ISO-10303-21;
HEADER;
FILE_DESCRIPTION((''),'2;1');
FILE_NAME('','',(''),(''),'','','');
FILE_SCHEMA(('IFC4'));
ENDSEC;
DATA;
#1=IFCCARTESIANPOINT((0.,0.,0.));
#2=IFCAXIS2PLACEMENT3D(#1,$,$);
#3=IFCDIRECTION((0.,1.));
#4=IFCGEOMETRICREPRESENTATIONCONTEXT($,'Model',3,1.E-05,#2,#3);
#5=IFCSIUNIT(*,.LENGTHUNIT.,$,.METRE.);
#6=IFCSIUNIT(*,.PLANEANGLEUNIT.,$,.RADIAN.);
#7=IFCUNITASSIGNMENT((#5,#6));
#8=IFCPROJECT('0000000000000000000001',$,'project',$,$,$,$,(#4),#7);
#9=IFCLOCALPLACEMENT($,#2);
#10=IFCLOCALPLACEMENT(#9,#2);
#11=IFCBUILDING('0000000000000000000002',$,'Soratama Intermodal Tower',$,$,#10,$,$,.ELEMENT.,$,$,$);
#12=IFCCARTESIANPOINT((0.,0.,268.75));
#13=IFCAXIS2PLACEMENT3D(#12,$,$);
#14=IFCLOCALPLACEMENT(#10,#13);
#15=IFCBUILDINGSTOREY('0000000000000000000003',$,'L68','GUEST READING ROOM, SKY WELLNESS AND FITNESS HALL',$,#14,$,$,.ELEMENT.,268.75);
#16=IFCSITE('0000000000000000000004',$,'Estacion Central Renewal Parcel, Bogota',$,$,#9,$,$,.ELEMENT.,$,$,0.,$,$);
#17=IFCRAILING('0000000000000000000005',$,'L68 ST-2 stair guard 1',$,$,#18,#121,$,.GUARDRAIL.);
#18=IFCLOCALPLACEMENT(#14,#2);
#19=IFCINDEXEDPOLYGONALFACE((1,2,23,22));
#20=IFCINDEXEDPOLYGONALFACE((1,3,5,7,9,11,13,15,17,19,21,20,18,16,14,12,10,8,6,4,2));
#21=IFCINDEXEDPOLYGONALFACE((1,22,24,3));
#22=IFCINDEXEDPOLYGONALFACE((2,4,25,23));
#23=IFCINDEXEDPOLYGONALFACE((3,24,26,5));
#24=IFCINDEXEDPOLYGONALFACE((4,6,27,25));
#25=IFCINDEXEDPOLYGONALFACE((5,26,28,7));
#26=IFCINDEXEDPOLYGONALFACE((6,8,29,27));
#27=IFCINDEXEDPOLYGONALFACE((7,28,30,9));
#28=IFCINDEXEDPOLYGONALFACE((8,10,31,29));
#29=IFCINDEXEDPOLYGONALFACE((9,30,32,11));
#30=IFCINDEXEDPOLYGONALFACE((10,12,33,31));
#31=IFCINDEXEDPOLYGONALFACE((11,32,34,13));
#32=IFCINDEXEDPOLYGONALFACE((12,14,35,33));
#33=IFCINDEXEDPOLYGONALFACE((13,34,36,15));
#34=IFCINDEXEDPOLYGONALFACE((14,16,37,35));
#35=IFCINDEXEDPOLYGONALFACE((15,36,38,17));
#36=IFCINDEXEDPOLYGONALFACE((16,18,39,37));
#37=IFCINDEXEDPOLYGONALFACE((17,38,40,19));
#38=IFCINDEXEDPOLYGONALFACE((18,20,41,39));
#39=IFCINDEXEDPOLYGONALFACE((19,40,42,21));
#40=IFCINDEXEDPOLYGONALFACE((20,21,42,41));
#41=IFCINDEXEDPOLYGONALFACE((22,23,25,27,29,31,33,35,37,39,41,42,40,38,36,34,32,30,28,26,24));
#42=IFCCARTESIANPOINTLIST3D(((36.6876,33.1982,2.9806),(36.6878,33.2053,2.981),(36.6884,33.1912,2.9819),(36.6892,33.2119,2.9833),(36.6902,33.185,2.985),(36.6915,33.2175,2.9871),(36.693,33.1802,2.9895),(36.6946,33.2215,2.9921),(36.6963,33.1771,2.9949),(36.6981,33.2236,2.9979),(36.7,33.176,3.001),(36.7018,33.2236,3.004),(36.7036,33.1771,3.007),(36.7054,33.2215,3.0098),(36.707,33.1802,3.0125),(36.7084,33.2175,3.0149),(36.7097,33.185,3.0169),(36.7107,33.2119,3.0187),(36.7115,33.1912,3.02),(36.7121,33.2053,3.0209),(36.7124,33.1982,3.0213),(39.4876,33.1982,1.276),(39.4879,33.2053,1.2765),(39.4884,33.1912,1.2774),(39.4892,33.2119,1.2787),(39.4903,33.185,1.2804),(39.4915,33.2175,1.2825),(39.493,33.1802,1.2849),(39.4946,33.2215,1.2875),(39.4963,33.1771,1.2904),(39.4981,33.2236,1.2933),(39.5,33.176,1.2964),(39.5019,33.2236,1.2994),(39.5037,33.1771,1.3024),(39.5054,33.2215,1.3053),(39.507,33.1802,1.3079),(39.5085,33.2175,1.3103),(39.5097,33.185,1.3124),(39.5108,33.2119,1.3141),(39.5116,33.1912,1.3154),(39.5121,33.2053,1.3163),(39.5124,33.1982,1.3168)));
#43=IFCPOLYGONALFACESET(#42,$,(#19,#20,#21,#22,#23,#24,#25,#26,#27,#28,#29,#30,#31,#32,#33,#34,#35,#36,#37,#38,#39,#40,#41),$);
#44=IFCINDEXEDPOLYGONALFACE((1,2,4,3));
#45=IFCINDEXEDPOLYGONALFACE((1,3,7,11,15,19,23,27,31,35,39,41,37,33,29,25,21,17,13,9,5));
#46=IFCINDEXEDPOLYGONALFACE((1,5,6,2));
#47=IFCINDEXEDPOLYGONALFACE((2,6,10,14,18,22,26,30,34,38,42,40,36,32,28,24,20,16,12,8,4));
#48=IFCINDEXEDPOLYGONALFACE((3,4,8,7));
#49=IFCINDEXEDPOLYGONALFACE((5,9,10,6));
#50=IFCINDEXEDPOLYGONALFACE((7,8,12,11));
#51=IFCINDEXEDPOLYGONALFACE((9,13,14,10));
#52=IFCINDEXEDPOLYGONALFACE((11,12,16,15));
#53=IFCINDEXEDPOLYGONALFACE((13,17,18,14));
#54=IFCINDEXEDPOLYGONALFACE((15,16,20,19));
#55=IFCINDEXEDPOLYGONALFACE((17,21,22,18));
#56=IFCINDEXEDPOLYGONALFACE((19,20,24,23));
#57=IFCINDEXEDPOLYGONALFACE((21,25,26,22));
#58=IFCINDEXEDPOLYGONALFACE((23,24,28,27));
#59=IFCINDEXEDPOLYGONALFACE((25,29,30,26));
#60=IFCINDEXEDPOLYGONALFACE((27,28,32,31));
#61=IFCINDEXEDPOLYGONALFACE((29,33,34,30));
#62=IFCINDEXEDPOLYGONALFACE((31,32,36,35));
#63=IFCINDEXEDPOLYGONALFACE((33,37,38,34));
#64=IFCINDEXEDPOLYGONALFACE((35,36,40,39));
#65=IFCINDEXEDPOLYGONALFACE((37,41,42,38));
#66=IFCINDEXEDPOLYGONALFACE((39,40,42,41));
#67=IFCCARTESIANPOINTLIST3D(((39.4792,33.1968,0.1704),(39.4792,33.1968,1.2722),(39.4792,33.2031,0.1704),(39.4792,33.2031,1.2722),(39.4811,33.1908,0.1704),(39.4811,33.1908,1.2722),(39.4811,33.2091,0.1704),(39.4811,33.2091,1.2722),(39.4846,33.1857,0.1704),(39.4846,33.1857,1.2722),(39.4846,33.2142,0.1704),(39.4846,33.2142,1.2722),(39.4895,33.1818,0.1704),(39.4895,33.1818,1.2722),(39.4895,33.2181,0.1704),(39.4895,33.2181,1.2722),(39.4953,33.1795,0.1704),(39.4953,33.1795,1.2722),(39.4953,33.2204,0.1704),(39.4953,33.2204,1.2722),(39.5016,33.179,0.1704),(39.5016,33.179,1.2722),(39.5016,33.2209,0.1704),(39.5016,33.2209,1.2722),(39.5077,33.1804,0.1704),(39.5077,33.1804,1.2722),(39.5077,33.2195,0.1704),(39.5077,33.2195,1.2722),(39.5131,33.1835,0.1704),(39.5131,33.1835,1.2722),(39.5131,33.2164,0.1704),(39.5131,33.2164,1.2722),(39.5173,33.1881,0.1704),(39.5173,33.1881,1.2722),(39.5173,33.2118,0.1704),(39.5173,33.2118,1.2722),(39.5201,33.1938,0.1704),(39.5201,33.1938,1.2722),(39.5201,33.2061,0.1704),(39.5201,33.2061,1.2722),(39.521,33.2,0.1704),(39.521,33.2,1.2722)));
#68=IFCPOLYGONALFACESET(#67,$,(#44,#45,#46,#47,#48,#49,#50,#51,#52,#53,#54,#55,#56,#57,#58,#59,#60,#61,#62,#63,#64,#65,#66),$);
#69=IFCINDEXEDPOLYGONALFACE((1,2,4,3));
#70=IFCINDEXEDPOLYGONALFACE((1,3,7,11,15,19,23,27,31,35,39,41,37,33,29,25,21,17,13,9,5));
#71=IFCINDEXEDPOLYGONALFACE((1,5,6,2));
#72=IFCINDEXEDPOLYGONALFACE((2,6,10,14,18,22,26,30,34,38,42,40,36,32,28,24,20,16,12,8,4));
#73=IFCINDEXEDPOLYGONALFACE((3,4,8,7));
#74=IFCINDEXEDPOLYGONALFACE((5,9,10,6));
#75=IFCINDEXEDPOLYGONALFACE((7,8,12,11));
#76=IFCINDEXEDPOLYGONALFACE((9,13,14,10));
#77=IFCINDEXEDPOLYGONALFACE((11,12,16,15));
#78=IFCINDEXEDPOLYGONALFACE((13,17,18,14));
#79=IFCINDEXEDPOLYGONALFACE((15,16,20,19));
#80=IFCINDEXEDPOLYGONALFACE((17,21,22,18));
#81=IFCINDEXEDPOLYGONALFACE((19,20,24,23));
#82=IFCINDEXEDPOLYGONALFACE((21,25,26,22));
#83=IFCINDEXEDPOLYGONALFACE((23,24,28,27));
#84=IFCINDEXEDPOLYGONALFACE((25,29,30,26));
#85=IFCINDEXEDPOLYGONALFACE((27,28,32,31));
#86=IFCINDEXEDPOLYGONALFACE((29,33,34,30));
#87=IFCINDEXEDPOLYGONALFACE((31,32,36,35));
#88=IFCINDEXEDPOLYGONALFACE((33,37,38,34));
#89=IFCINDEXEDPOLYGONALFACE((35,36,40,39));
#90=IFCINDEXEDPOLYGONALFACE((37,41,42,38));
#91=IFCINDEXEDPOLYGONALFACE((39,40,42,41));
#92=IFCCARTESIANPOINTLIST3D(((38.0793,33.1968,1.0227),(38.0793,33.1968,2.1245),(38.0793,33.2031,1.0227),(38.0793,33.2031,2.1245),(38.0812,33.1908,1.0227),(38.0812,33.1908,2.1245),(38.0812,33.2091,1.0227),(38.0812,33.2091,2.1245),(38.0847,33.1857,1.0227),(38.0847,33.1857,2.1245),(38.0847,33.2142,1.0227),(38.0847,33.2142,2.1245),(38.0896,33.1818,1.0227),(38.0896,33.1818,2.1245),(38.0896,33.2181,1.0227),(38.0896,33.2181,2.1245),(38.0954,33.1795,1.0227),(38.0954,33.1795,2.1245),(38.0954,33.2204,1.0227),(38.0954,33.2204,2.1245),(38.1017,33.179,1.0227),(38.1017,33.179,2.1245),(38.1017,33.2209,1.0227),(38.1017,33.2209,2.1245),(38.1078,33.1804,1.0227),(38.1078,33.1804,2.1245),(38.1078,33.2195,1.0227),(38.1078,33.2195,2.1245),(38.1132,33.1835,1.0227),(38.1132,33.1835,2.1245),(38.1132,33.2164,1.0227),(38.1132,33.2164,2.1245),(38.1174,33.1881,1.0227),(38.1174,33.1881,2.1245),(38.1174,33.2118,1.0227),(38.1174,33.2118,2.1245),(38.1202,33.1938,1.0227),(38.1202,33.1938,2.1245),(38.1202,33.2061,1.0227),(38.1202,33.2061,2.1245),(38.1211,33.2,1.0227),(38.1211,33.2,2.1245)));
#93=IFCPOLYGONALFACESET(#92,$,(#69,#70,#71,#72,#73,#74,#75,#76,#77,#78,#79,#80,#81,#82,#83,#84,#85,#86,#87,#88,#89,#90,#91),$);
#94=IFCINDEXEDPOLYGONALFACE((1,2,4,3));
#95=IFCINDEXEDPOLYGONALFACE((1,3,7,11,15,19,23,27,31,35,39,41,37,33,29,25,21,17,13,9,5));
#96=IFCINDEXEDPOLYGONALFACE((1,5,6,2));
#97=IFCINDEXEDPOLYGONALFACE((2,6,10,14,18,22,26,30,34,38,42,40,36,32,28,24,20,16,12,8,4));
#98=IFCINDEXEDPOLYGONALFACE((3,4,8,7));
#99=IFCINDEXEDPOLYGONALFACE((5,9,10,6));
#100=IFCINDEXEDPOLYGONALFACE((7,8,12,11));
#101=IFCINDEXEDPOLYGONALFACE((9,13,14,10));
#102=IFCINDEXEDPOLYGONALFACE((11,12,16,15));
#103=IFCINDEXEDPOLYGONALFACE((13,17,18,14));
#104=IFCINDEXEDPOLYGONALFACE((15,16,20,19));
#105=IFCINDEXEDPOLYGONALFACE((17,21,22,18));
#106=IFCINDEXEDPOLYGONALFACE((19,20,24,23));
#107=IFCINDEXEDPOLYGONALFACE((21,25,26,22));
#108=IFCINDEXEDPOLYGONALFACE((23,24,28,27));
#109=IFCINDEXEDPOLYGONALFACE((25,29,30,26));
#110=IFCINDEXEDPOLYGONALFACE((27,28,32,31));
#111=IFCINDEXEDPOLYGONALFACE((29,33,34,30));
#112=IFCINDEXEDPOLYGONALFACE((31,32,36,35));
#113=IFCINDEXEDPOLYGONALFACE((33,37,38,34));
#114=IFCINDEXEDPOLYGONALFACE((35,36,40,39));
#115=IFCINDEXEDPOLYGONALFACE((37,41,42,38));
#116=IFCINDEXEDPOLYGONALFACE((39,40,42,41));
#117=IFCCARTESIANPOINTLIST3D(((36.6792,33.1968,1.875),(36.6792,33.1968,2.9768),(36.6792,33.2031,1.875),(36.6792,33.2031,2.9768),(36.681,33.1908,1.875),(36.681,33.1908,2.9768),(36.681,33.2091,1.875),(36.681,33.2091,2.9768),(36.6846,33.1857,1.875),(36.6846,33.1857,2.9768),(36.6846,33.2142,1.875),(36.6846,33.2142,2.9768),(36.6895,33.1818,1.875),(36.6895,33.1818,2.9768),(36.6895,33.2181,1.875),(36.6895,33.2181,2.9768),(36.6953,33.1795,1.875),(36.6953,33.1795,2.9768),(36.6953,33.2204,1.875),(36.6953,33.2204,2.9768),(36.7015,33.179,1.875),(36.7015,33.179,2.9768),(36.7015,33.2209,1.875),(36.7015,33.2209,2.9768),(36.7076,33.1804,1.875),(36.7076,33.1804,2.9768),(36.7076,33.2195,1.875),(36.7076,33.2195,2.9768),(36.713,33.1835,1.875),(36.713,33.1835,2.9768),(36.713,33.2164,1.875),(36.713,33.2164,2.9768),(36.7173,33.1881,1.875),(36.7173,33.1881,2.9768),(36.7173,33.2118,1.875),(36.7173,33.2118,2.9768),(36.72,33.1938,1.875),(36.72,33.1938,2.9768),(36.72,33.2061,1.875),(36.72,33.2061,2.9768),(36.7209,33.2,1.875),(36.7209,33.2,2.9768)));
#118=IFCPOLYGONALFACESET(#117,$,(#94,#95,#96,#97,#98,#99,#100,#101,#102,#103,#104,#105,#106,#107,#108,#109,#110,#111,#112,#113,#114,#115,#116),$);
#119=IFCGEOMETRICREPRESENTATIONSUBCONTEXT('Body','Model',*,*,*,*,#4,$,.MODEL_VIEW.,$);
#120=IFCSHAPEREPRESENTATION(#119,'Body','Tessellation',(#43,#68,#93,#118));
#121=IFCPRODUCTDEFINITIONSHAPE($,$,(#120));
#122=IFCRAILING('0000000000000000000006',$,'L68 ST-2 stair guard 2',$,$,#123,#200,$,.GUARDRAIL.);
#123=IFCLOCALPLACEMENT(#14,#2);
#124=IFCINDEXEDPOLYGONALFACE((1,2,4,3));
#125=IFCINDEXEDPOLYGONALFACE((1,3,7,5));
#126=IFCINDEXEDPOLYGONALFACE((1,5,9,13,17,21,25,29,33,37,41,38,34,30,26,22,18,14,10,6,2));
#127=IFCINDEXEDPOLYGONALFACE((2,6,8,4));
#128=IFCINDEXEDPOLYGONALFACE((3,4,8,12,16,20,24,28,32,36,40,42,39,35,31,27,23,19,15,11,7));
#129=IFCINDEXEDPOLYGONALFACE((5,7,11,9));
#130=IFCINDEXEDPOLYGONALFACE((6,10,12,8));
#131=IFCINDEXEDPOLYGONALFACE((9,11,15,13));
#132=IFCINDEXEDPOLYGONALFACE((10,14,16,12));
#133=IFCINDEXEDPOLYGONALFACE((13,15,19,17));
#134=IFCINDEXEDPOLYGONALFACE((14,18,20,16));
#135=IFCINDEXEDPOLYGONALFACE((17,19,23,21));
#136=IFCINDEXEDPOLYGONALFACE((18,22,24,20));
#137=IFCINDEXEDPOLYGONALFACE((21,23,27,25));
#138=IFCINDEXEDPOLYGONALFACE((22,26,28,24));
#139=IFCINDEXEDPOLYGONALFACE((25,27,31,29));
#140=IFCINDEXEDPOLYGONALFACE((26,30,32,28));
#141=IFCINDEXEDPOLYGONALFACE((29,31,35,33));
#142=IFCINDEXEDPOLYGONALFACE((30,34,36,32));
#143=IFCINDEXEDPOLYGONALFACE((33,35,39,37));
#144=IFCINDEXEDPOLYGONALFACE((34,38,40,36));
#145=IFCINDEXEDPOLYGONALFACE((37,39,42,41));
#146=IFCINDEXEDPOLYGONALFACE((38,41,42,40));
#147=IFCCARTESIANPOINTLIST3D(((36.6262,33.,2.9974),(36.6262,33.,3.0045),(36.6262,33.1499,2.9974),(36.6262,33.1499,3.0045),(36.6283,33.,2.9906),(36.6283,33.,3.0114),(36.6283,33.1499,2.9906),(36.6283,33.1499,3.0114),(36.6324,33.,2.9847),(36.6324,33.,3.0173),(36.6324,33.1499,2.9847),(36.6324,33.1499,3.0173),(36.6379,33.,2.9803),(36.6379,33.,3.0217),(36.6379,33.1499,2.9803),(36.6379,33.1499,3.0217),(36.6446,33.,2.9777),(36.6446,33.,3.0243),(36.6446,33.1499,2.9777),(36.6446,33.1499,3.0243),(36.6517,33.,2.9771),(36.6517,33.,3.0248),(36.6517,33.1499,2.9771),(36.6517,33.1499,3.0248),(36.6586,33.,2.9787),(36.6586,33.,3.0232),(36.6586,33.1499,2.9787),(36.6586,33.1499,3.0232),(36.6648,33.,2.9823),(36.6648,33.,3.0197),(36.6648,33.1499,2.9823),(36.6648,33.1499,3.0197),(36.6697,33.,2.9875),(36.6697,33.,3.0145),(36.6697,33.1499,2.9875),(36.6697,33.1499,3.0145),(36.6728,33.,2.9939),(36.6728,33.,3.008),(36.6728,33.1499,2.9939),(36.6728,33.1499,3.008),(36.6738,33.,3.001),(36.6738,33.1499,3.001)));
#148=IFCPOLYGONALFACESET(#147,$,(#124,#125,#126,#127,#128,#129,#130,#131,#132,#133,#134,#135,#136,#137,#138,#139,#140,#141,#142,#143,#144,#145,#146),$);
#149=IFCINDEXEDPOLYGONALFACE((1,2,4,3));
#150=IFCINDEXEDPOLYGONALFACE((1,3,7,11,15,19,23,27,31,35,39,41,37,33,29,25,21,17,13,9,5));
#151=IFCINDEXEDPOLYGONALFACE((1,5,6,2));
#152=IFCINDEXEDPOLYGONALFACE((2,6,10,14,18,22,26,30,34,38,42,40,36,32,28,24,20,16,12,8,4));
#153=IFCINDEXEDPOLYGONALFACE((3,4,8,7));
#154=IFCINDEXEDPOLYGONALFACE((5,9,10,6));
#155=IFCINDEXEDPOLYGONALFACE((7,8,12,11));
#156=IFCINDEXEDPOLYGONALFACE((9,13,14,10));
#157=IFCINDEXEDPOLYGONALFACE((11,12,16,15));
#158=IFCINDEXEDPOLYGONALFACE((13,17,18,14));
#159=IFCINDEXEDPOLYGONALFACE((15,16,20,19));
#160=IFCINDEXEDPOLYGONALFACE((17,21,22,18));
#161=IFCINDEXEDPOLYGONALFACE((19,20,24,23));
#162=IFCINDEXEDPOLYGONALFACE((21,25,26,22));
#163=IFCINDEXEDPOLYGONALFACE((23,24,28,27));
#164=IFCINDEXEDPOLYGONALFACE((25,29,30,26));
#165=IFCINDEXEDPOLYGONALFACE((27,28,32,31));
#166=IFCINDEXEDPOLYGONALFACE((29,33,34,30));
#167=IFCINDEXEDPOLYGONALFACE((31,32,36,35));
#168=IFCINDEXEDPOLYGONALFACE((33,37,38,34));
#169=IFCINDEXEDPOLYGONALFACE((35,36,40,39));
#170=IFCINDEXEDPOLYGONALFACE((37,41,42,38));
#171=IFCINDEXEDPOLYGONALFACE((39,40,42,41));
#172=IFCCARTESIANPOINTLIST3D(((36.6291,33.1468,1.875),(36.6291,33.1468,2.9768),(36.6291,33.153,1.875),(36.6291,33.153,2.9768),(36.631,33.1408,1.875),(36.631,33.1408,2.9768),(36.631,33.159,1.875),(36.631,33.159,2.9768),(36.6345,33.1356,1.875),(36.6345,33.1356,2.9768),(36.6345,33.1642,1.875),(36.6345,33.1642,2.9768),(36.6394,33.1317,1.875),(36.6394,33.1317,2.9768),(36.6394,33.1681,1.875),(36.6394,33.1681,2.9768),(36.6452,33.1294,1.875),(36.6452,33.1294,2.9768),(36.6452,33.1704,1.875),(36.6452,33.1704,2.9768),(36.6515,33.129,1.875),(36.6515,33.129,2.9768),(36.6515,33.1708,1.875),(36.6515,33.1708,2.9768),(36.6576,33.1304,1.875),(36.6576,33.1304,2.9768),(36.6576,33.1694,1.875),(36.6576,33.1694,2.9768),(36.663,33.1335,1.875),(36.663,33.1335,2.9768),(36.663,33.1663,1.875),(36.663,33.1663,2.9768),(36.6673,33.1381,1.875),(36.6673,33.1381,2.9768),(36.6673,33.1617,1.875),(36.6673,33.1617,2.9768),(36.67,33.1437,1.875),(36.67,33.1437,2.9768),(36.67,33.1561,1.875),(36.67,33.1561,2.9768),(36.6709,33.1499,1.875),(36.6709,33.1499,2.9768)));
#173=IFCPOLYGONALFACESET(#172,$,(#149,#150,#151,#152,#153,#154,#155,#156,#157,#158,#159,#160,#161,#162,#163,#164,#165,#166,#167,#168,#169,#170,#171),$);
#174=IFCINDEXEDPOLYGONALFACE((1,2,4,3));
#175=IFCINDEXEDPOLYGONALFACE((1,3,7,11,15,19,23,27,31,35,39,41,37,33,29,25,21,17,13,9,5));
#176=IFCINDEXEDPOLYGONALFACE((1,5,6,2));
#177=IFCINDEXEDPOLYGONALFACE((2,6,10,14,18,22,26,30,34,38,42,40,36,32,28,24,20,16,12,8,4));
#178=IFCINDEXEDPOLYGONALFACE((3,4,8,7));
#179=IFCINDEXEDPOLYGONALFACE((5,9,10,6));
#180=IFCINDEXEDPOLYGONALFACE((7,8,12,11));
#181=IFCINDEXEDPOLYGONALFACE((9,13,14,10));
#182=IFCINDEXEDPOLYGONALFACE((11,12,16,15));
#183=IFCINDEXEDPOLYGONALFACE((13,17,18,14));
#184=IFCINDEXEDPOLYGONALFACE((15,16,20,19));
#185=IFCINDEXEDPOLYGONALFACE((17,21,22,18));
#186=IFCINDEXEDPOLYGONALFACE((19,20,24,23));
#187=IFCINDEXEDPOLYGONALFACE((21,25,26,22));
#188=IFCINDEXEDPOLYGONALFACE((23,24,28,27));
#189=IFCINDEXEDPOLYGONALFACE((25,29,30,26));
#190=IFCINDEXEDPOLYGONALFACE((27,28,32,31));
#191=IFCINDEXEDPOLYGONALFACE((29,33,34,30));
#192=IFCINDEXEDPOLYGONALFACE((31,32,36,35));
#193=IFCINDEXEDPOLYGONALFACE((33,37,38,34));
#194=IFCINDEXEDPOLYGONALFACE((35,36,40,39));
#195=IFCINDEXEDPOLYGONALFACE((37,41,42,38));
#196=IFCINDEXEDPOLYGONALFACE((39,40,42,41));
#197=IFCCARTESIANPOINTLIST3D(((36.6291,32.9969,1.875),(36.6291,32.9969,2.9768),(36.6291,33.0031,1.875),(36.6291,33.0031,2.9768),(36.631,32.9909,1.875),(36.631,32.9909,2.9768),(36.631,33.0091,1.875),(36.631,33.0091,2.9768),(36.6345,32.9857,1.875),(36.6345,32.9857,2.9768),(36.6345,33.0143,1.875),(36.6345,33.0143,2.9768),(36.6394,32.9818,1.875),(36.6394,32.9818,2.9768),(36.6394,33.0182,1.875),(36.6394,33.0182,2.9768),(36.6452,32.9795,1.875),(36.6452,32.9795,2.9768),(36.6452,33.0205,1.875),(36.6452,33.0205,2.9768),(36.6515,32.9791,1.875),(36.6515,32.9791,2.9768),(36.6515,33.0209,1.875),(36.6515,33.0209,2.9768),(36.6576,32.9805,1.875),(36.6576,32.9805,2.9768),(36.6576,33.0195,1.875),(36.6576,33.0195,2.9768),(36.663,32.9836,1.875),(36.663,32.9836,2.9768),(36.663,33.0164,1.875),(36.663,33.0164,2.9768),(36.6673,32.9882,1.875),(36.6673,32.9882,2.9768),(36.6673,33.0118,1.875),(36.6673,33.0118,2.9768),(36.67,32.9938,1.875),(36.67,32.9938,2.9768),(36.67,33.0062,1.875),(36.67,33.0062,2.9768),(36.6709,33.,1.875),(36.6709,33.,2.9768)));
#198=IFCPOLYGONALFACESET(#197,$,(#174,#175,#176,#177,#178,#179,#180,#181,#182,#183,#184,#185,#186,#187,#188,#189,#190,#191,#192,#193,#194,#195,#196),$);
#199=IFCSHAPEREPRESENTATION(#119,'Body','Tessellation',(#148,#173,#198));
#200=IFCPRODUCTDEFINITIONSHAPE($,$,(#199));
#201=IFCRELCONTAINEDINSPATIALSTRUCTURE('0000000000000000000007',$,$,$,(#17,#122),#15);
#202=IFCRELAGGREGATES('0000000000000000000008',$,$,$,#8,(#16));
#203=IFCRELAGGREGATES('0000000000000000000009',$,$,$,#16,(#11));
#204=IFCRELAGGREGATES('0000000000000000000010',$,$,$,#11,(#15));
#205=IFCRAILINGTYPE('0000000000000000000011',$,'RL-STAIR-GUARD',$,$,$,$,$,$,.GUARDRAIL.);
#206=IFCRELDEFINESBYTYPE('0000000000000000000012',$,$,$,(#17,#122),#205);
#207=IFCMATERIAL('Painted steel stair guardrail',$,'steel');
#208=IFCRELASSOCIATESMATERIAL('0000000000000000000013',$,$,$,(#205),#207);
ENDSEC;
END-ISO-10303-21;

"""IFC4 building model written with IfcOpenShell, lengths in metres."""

from ifc_helpers import new_model, si_unit, direction, frame, origin, origin_2d, place, context, subcontext, project, spatial, circle, extrude, material, type_object, element, save


model = new_model("IFC4")

# Units and contexts
model_context = context("Model", 3, precision=1e-05, world=origin(), true_north=direction((0.0, 1.0)))
body_context = subcontext(model_context, "Body", "Model", "MODEL_VIEW")
ifc_project = project(units=[si_unit("LENGTHUNIT", "METRE"), si_unit("PLANEANGLEUNIT", "RADIAN")], contexts=[model_context])

# Site, building, storey
site_placement = place(None, origin())
site = spatial("IfcSite", under=ifc_project, at=site_placement, Name="Estacion Central Renewal Parcel, Bogota", CompositionType="ELEMENT", RefElevation=0.0)
building_placement = place(site_placement, origin())
building = spatial("IfcBuilding", under=site, at=building_placement, Name="Soratama Intermodal Tower", CompositionType="ELEMENT")
storey_placement = place(building_placement, frame((0.0, 0.0, 268.75)))
storey = spatial("IfcBuildingStorey", under=building, at=storey_placement, Name="L68", Description="GUEST READING ROOM, SKY WELLNESS AND FITNESS HALL", CompositionType="ELEMENT", Elevation=268.75)

# Railings
ifc_material_1 = material(Name="Painted steel stair guardrail", Category="steel")
railing_type_1 = type_object("IfcRailingType", Name="RL-STAIR-GUARD", PredefinedType="GUARDRAIL", material=ifc_material_1)
railing_1_placement = place(storey_placement, frame((39.5, 33.2, 0.1704)))
element("IfcRailing", 1, at=railing_1_placement, inside=storey, type_object=railing_type_1, Name="L68 ST-2 stair guard 1", PredefinedType="GUARDRAIL", context=body_context, shape_type="SweptSolid", body=[
    extrude(circle(Radius=0.0239, at=origin_2d()), frame((0.0, 0.0, 1.126), z_axis=(-0.85417, 0.0, 0.519994), x_axis=(0.0, -1.0, 0.0)), (0.0, 0.0, 1.0), 3.2781),
    extrude(circle(Radius=0.021, at=origin_2d()), origin(), (0.0, 0.0, 1.0), 1.1018),
    extrude(circle(Radius=0.021, at=origin_2d()), frame((-1.3999, 0.0, 0.8523)), (0.0, 0.0, 1.0), 1.1018),
    extrude(circle(Radius=0.021, at=origin_2d()), frame((-2.8, 0.0, 1.7046)), (0.0, 0.0, 1.0), 1.1018),
])
railing_2_placement = place(storey_placement, frame((36.6499, 33.1499, 1.875)))
element("IfcRailing", 2, at=railing_2_placement, inside=storey, type_object=railing_type_1, Name="L68 ST-2 stair guard 2", PredefinedType="GUARDRAIL", context=body_context, shape_type="SweptSolid", body=[
    extrude(circle(Radius=0.0239, at=origin_2d()), frame((0.0, 0.0, 1.126), z_axis=(0.0, -1.0, 0.0), x_axis=(1.0, 0.0, 0.0)), (0.0, 0.0, 1.0), 0.1499),
    extrude(circle(Radius=0.021, at=origin_2d()), origin(), (0.0, 0.0, 1.0), 1.1018),
    extrude(circle(Radius=0.021, at=origin_2d()), frame((0.0, -0.1499, 0.0)), (0.0, 0.0, 1.0), 1.1018),
])

save(model, "model.ifc")
